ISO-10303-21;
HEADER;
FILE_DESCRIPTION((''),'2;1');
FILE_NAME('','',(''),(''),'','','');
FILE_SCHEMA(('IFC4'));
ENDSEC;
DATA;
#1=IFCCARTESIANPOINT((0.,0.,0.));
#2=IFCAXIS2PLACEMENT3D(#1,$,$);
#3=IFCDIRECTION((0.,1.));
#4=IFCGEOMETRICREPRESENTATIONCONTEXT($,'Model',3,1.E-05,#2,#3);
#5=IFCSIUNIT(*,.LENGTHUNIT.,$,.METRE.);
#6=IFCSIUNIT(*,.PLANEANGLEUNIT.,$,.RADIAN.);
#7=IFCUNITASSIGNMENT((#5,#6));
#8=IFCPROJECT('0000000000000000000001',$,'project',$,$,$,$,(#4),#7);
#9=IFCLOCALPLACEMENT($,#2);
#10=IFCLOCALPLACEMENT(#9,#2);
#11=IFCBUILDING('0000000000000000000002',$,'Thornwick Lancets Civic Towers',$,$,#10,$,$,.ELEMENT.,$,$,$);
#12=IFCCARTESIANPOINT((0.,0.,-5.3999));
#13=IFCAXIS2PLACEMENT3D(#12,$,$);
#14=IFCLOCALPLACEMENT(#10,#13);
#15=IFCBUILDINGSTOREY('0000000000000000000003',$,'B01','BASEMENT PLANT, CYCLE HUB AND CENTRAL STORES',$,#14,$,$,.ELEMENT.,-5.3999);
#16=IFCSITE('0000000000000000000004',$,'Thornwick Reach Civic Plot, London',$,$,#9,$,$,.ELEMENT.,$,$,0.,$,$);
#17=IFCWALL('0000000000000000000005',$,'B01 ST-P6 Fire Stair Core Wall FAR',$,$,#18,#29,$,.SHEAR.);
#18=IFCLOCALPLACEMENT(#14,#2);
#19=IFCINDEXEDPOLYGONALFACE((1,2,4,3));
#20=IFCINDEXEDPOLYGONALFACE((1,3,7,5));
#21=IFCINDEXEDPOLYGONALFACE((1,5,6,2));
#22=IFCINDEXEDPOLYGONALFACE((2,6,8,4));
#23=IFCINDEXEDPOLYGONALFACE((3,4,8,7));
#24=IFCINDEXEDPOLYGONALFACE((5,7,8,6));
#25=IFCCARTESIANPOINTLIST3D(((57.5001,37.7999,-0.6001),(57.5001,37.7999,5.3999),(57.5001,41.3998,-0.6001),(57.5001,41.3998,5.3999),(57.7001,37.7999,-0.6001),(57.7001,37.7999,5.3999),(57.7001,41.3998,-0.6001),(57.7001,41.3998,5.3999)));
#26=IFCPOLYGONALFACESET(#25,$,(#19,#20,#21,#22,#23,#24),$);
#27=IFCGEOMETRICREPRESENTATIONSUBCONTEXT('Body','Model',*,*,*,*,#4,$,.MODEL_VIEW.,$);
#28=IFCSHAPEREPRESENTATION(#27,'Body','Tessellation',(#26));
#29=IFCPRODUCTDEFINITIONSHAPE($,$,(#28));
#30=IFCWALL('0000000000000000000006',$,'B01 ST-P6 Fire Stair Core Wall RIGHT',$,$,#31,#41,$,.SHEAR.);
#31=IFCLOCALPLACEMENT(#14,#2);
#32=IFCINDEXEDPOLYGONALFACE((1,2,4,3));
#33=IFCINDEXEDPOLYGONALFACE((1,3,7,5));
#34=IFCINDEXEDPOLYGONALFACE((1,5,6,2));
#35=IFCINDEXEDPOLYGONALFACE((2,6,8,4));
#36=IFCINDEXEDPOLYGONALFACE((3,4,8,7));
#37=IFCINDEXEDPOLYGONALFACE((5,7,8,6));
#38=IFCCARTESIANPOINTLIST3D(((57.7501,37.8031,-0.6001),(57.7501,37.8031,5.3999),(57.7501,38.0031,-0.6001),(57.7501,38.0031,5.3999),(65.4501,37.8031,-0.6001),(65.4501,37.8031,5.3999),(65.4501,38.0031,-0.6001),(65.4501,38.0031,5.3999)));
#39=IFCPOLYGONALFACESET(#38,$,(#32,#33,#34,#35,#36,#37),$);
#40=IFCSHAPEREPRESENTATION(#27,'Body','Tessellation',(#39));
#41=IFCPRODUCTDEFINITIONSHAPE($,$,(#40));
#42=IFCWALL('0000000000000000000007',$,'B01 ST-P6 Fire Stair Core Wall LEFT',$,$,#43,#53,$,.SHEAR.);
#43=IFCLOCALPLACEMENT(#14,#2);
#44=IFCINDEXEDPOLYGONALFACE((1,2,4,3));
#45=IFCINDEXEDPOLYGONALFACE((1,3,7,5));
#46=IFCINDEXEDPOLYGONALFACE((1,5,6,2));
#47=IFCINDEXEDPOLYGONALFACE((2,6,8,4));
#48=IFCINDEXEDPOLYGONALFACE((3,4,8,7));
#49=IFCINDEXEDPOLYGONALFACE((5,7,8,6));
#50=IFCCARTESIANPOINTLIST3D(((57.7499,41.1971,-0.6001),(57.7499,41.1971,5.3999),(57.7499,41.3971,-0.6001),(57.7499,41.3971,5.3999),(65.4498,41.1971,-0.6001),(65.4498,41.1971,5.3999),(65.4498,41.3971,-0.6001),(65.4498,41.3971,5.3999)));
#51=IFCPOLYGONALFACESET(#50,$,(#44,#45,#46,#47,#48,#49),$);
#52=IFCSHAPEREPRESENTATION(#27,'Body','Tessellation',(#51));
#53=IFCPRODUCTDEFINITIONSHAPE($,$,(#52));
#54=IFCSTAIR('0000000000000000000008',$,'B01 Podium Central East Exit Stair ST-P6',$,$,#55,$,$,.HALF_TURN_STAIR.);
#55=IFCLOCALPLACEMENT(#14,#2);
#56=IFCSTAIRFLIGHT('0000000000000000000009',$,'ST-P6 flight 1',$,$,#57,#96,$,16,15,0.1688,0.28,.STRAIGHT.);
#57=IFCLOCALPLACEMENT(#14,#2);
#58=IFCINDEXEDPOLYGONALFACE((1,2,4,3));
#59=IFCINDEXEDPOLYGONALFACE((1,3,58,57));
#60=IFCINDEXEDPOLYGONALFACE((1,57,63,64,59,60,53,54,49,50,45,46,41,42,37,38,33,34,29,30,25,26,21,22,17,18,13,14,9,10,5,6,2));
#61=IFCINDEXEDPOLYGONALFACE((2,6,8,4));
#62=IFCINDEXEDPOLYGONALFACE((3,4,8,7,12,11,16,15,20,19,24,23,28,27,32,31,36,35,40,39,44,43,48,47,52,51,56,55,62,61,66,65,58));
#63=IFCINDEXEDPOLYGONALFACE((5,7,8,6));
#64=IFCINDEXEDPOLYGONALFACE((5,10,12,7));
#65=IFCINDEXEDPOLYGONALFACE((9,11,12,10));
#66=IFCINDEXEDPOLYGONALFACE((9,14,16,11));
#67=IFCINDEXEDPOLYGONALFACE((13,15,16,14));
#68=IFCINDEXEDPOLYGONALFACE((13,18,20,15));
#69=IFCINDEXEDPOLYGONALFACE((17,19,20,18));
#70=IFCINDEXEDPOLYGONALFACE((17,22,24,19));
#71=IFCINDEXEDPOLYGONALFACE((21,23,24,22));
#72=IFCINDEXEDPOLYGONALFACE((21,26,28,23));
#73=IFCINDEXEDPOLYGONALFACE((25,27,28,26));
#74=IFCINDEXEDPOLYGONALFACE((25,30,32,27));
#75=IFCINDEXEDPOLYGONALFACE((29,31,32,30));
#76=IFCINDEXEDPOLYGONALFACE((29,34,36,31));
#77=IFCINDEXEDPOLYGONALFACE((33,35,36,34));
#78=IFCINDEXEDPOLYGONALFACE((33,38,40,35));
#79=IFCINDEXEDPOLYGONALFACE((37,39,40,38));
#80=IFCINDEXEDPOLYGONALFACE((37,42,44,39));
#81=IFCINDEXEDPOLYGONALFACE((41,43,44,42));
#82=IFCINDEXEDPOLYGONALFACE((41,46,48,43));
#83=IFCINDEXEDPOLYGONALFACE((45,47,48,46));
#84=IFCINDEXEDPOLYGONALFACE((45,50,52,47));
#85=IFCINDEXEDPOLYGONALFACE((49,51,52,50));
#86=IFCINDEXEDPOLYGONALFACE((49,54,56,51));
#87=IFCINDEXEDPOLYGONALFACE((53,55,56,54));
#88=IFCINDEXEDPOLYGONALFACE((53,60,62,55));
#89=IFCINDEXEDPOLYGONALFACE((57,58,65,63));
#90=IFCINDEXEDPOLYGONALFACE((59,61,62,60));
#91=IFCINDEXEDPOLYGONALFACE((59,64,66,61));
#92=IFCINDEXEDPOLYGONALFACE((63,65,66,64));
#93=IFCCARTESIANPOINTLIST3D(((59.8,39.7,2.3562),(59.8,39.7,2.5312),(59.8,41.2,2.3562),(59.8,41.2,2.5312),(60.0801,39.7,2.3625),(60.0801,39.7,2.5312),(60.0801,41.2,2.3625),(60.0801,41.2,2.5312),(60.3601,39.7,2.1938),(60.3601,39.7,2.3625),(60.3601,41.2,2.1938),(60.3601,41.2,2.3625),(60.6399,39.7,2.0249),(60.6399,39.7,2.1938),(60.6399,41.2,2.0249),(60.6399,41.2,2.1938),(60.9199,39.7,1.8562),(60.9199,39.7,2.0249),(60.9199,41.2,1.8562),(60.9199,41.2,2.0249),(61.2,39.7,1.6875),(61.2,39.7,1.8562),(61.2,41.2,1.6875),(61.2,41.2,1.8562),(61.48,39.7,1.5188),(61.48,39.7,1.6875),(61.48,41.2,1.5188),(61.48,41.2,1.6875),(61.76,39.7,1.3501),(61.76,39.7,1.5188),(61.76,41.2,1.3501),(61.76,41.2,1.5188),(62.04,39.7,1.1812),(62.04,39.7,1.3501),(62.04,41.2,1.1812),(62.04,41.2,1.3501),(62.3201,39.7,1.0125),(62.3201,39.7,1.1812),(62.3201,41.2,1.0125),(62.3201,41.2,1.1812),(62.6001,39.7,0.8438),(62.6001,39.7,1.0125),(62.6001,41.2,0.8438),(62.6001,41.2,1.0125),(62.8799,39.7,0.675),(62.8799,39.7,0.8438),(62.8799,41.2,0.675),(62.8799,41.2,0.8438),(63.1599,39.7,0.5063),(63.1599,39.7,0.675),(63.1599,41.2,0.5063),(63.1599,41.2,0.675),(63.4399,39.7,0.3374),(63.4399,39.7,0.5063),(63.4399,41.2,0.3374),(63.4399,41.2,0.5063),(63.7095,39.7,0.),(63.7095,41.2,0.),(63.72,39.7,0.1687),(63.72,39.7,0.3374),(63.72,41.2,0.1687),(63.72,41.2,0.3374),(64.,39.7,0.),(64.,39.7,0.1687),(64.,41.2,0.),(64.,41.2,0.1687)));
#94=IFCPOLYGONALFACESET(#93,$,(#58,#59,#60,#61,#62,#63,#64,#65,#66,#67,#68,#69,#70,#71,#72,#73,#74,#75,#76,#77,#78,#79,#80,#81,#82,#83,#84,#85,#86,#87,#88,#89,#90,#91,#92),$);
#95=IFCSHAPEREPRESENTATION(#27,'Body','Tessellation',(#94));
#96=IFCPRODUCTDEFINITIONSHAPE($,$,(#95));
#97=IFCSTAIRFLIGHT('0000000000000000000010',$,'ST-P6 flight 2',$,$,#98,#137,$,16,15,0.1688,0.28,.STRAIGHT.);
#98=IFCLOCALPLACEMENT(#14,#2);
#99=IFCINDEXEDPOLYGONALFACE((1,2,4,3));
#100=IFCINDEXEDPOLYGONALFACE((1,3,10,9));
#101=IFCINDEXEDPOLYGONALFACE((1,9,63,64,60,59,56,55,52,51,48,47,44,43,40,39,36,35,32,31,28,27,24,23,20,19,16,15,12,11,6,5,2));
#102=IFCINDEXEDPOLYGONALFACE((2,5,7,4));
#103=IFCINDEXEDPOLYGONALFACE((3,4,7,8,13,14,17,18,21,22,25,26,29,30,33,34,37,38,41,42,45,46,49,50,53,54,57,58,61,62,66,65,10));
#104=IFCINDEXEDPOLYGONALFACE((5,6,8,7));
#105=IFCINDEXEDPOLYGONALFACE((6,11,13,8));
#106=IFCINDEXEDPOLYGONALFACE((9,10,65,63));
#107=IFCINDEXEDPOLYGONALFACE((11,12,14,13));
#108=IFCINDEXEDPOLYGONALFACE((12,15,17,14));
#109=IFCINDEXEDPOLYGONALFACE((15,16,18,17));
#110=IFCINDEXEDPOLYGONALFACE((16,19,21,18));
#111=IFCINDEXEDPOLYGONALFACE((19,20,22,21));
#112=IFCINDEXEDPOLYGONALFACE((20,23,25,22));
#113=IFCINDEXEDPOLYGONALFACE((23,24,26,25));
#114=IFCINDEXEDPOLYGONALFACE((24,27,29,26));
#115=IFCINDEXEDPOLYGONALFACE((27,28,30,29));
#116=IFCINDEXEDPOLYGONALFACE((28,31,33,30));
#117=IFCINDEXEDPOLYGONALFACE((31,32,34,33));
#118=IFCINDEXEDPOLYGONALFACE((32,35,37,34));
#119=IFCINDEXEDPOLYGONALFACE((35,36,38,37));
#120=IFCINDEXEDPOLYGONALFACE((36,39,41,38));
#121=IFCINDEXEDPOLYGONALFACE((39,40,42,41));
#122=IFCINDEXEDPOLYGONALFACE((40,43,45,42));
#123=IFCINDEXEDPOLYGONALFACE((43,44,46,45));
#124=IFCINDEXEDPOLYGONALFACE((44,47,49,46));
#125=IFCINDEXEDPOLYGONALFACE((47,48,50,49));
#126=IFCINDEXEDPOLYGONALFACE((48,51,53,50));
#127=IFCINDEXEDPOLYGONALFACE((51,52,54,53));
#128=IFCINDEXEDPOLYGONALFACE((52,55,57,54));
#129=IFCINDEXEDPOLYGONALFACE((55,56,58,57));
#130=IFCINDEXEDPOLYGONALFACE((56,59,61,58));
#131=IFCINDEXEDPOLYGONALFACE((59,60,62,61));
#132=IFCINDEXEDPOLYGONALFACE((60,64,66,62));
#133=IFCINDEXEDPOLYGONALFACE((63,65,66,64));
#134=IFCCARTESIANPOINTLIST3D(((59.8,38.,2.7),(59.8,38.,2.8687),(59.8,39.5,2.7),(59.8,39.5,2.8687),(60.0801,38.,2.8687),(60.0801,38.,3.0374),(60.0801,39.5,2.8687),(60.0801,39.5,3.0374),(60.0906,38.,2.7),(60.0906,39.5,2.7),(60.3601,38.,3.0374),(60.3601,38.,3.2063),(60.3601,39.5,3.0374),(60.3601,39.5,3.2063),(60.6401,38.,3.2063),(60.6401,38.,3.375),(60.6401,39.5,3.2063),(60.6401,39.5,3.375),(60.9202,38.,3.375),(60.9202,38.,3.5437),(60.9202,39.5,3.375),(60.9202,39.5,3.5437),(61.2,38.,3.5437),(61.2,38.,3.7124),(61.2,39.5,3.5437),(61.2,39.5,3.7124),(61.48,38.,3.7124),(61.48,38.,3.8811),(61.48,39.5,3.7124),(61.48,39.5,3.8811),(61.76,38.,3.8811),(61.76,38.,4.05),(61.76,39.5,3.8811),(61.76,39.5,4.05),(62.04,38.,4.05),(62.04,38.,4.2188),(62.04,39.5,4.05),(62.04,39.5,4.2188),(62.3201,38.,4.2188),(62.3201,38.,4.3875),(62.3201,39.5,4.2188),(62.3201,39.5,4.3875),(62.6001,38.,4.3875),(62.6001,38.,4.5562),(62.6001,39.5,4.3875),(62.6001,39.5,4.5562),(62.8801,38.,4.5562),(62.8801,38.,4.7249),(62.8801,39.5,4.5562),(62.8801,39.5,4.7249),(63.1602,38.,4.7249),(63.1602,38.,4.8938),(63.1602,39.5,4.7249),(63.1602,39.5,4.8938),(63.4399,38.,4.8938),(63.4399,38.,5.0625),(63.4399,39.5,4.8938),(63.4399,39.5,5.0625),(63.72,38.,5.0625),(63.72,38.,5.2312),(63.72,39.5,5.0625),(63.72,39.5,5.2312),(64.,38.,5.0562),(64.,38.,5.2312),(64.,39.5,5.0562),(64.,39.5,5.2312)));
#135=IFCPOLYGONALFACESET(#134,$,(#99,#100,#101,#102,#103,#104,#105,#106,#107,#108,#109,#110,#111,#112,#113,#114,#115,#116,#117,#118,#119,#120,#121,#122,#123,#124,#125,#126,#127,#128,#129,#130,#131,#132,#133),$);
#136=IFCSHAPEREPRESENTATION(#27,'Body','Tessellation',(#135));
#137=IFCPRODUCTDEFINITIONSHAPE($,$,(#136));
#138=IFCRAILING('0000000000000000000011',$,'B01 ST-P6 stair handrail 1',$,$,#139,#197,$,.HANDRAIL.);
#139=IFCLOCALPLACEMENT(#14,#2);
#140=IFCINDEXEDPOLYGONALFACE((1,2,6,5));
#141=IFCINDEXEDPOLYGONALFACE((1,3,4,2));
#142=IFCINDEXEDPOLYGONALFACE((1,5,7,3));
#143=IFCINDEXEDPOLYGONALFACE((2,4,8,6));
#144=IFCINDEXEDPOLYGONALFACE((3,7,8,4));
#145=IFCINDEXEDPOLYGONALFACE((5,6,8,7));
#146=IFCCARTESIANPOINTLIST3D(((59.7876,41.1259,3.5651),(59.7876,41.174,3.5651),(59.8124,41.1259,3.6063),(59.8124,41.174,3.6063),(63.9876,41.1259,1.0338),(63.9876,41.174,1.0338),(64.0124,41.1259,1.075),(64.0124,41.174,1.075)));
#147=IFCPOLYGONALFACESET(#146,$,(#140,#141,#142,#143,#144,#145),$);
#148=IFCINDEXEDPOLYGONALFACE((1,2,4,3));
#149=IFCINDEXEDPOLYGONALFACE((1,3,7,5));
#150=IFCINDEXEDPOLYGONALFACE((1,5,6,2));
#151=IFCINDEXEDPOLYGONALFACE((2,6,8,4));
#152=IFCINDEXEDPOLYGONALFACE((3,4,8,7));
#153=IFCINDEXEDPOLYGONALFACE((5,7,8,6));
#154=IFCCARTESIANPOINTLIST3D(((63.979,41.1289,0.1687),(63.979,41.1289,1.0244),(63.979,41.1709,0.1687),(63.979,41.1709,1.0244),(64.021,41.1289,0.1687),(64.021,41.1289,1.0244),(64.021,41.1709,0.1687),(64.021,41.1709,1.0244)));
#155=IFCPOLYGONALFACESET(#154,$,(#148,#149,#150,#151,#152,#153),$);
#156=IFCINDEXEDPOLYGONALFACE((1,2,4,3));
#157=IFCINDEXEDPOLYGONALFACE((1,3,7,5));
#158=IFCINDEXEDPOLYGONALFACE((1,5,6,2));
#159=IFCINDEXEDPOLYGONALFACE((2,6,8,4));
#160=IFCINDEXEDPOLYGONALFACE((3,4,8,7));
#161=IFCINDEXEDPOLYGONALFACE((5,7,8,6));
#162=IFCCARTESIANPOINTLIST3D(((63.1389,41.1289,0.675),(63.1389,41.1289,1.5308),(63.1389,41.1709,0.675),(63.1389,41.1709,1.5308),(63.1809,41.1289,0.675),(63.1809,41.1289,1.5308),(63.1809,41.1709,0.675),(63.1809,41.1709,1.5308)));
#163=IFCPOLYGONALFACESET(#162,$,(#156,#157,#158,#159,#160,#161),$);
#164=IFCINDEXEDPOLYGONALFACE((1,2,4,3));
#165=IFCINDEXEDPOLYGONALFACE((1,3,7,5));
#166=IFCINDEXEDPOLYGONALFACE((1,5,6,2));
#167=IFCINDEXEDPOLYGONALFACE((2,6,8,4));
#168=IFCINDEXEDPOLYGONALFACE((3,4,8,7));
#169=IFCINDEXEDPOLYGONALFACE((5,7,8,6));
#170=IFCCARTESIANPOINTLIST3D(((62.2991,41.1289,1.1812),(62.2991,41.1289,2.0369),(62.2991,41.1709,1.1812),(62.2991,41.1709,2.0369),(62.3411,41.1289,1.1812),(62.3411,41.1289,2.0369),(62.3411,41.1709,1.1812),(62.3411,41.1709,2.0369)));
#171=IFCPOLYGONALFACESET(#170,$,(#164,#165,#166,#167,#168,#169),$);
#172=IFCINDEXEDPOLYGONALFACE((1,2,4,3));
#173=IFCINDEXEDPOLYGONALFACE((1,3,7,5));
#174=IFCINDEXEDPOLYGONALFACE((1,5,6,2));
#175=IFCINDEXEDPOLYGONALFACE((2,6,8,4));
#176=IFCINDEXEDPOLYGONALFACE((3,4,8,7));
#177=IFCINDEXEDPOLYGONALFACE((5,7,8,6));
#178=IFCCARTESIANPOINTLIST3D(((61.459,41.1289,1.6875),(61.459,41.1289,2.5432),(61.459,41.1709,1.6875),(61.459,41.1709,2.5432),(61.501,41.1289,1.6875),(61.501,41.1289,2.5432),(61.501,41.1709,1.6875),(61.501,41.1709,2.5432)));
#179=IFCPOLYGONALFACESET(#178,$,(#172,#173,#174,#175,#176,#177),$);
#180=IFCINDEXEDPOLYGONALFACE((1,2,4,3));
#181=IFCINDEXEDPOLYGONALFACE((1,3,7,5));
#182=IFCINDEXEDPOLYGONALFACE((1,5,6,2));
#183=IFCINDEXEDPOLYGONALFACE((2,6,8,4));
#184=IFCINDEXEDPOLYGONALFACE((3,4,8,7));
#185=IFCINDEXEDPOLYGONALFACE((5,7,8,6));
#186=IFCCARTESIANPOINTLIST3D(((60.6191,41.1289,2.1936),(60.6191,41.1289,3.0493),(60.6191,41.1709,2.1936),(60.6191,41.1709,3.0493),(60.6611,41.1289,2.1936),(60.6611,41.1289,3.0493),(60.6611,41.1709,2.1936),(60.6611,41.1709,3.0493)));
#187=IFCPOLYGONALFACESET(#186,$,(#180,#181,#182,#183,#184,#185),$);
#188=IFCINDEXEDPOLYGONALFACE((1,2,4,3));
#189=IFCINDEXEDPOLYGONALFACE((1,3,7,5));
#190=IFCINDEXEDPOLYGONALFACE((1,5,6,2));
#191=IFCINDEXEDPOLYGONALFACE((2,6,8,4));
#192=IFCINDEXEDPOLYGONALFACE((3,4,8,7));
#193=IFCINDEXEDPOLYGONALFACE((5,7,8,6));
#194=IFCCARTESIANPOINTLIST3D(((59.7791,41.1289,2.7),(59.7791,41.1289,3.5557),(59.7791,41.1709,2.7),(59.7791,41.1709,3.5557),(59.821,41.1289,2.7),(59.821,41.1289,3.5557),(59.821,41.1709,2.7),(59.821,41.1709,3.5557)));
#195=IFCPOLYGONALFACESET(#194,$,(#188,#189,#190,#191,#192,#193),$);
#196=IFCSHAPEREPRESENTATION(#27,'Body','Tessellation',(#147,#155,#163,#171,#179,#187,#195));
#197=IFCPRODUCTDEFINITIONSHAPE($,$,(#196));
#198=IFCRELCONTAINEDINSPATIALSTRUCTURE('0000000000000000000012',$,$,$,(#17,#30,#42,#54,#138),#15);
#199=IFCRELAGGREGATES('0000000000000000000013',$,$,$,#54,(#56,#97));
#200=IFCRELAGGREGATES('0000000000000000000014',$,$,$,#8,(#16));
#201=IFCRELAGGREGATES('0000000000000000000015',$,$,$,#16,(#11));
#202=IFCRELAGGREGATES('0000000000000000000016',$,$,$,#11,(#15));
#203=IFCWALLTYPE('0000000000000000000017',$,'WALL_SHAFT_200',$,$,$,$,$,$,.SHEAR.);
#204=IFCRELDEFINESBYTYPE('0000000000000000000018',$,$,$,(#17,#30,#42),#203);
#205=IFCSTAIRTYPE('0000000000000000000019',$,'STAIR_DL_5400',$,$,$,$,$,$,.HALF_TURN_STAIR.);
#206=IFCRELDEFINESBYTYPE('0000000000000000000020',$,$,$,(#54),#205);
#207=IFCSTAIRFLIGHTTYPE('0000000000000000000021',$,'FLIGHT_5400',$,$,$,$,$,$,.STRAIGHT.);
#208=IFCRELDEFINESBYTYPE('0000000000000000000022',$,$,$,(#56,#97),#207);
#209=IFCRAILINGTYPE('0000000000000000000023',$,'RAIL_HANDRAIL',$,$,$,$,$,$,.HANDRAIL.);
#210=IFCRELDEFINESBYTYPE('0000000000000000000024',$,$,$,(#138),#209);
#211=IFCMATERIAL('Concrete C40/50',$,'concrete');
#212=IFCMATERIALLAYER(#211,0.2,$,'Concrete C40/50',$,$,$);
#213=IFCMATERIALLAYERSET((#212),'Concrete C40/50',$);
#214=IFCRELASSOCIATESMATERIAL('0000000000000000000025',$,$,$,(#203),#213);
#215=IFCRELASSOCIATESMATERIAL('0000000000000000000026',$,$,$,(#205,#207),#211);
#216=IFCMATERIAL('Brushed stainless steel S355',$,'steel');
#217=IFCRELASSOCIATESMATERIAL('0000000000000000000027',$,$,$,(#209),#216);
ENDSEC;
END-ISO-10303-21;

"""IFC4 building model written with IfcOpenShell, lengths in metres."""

from ifc_helpers import new_model, si_unit, direction, frame, frame_2d, origin, origin_2d, place, context, subcontext, project, spatial, polyline, rectangle, outline, extrude, material, layer, layer_set, type_object, element, aggregate, save


model = new_model("IFC4")

# Units and contexts
model_context = context("Model", 3, precision=1e-05, world=origin(), true_north=direction((0.0, 1.0)))
body_context = subcontext(model_context, "Body", "Model", "MODEL_VIEW")
ifc_project = project(units=[si_unit("LENGTHUNIT", "METRE"), si_unit("PLANEANGLEUNIT", "RADIAN")], contexts=[model_context])

# Site, building, storey
site_placement = place(None, origin())
site = spatial("IfcSite", under=ifc_project, at=site_placement, Name="Thornwick Reach Civic Plot, London", CompositionType="ELEMENT", RefElevation=0.0)
building_placement = place(site_placement, origin())
building = spatial("IfcBuilding", under=site, at=building_placement, Name="Thornwick Lancets Civic Towers", CompositionType="ELEMENT")
storey_placement = place(building_placement, frame((0.0, 0.0, -5.3999)))
storey = spatial("IfcBuildingStorey", under=building, at=storey_placement, Name="B01", Description="BASEMENT PLANT, CYCLE HUB AND CENTRAL STORES", CompositionType="ELEMENT", Elevation=-5.3999)

# Shared definitions
ifc_material_1 = material(Name="Concrete C40/50", Category="concrete")

# Shared definitions
ifc_layer_1 = layer(ifc_material_1, 0.2, Name="Concrete C40/50")
ifc_layer_set_1 = layer_set([ifc_layer_1], Name="Concrete C40/50")
wall_type_1 = type_object("IfcWallType", Name="WALL_SHAFT_200", PredefinedType="SHEAR", material=ifc_layer_set_1)

# Walls
wall_1_placement = place(storey_placement, frame((57.6001, 37.8, -0.6001), z_axis=(0.0, 0.0, 1.0), x_axis=(0.0, 1.0, 0.0)))
element("IfcWall", 1, at=wall_1_placement, inside=storey, type_object=wall_type_1, Name="B01 ST-P6 Fire Stair Core Wall FAR", PredefinedType="SHEAR", context=body_context, shape_type="SweptSolid", body=[
    extrude(rectangle(XDim=3.5999, YDim=0.2, at=frame_2d((1.7998, 0.0))), origin(), (0.0, 0.0, 1.0), 6.0),
])
for number, where, z_axis, x_axis, name in (
    (2, (57.75, 37.9031, -0.6001), (0.0, 0.0, 1.0), (1.0, 0.0, 0.0), "B01 ST-P6 Fire Stair Core Wall RIGHT"),
    (3, (65.45, 41.2971, -0.6001), (0.0, 0.0, 1.0), (-1.0, 0.0, 0.0), "B01 ST-P6 Fire Stair Core Wall LEFT"),
):
    element("IfcWall", number, at=place(storey_placement, frame(where, z_axis=z_axis, x_axis=x_axis)), inside=storey, type_object=wall_type_1, Name=name, PredefinedType="SHEAR", context=body_context, shape_type="SweptSolid", body=[
        extrude(rectangle(XDim=7.7, YDim=0.2, at=frame_2d((3.8501, 0.0))), origin(), (0.0, 0.0, 1.0), 6.0),
    ])

# Stair, stair flights
stair_type = type_object("IfcStairType", Name="STAIR_DL_5400", PredefinedType="HALF_TURN_STAIR", material=ifc_material_1)
stair_placement = place(storey_placement, origin())
stair = element("IfcStair", 4, at=stair_placement, inside=storey, type_object=stair_type, Name="B01 Podium Central East Exit Stair ST-P6", PredefinedType="HALF_TURN_STAIR")
stair_flight_type = type_object("IfcStairFlightType", Name="FLIGHT_5400", PredefinedType="STRAIGHT", material=ifc_material_1)
stair_flight_1_placement = place(storey_placement, frame((64.0, 40.45, 0.0), z_axis=(0.0, 0.0, 1.0), x_axis=(-1.0, 0.0, 0.0)))
stair_flight_1 = element("IfcStairFlight", 5, at=stair_flight_1_placement, type_object=stair_flight_type, Name="ST-P6 flight 1", NumberOfRisers=16, NumberOfTreads=15, PredefinedType="STRAIGHT", RiserHeight=0.1688, TreadLength=0.28, context=body_context, shape_type="SweptSolid", body=[
    extrude(outline(polyline([(0.0, 0.0), (0.0, 0.1687), (0.28, 0.1687), (0.28, 0.3374), (0.5601, 0.3374), (0.5601, 0.5063), (0.8401, 0.5063), (0.8401, 0.675), (1.1201, 0.675), (1.1201, 0.8438), (1.3999, 0.8438), (1.3999, 1.0125), (1.6799, 1.0125), (1.6799, 1.1812), (1.96, 1.1812), (1.96, 1.3501), (2.24, 1.3501), (2.24, 1.5188), (2.52, 1.5188), (2.52, 1.6875), (2.8, 1.6875), (2.8, 1.8562), (3.0801, 1.8562), (3.0801, 2.0249), (3.3601, 2.0249), (3.3601, 2.1938), (3.6399, 2.1938), (3.6399, 2.3625), (3.9199, 2.3625), (3.9199, 2.5312), (4.2, 2.5312), (4.2, 2.7), (4.2, 2.3562), (0.2905, 0.0), (0.0, 0.0)])), frame((0.0, 0.75, 0.0), z_axis=(0.0, -1.0, 0.0), x_axis=(1.0, 0.0, 0.0)), (0.0, 0.0, 1.0), 1.5),
])
stair_flight_2_placement = place(storey_placement, frame((59.8, 38.75, 2.7), z_axis=(0.0, 0.0, 1.0), x_axis=(1.0, 0.0, 0.0)))
stair_flight_2 = element("IfcStairFlight", 6, at=stair_flight_2_placement, type_object=stair_flight_type, Name="ST-P6 flight 2", NumberOfRisers=16, NumberOfTreads=15, PredefinedType="STRAIGHT", RiserHeight=0.1688, TreadLength=0.28, context=body_context, shape_type="SweptSolid", body=[
    extrude(outline(polyline([(0.0, 0.0), (0.0, 0.1687), (0.28, 0.1687), (0.28, 0.3374), (0.5601, 0.3374), (0.5601, 0.5063), (0.8401, 0.5063), (0.8401, 0.675), (1.1201, 0.675), (1.1201, 0.8438), (1.3999, 0.8438), (1.3999, 1.0125), (1.6799, 1.0125), (1.6799, 1.1812), (1.96, 1.1812), (1.96, 1.3501), (2.24, 1.3501), (2.24, 1.5188), (2.52, 1.5188), (2.52, 1.6875), (2.8, 1.6875), (2.8, 1.8562), (3.0801, 1.8562), (3.0801, 2.0249), (3.3601, 2.0249), (3.3601, 2.1938), (3.6399, 2.1938), (3.6399, 2.3625), (3.9199, 2.3625), (3.9199, 2.5312), (4.2, 2.5312), (4.2, 2.7), (4.2, 2.3562), (0.2905, 0.0), (0.0, 0.0)])), frame((0.0, 0.75, 0.0), z_axis=(0.0, -1.0, 0.0), x_axis=(1.0, 0.0, 0.0)), (0.0, 0.0, 1.0), 1.5),
])
aggregate(stair, [stair_flight_1, stair_flight_2])

# Railing
ifc_material_2 = material(Name="Brushed stainless steel S355", Category="steel")
railing_type_1 = type_object("IfcRailingType", Name="RAIL_HANDRAIL", PredefinedType="HANDRAIL", material=ifc_material_2)
railing_1_placement = place(storey_placement, frame((64.0, 41.1499, 0.1687)))
element("IfcRailing", 7, at=railing_1_placement, inside=storey, type_object=railing_type_1, Name="B01 ST-P6 stair handrail 1", PredefinedType="HANDRAIL", context=body_context, shape_type="SweptSolid", body=[
    extrude(rectangle(XDim=0.0481, YDim=0.0481, at=origin_2d()), frame((0.0, 0.0, 0.8857), z_axis=(-0.856476, 0.0, 0.516186), x_axis=(0.0, -1.0, 0.0)), (0.0, 0.0, 1.0), 4.9038),
    extrude(rectangle(XDim=0.042, YDim=0.042, at=origin_2d()), origin(), (0.0, 0.0, 1.0), 0.8557),
    extrude(rectangle(XDim=0.042, YDim=0.042, at=origin_2d()), frame((-0.8401, 0.0, 0.5063)), (0.0, 0.0, 1.0), 0.8557),
    extrude(rectangle(XDim=0.042, YDim=0.042, at=origin_2d()), frame((-1.6799, 0.0, 1.0125)), (0.0, 0.0, 1.0), 0.8557),
    extrude(rectangle(XDim=0.042, YDim=0.042, at=origin_2d()), frame((-2.52, 0.0, 1.5188)), (0.0, 0.0, 1.0), 0.8557),
    extrude(rectangle(XDim=0.042, YDim=0.042, at=origin_2d()), frame((-3.3599, 0.0, 2.0249)), (0.0, 0.0, 1.0), 0.8557),
    extrude(rectangle(XDim=0.042, YDim=0.042, at=origin_2d()), frame((-4.2, 0.0, 2.5312)), (0.0, 0.0, 1.0), 0.8557),
])

save(model, "model.ifc")
